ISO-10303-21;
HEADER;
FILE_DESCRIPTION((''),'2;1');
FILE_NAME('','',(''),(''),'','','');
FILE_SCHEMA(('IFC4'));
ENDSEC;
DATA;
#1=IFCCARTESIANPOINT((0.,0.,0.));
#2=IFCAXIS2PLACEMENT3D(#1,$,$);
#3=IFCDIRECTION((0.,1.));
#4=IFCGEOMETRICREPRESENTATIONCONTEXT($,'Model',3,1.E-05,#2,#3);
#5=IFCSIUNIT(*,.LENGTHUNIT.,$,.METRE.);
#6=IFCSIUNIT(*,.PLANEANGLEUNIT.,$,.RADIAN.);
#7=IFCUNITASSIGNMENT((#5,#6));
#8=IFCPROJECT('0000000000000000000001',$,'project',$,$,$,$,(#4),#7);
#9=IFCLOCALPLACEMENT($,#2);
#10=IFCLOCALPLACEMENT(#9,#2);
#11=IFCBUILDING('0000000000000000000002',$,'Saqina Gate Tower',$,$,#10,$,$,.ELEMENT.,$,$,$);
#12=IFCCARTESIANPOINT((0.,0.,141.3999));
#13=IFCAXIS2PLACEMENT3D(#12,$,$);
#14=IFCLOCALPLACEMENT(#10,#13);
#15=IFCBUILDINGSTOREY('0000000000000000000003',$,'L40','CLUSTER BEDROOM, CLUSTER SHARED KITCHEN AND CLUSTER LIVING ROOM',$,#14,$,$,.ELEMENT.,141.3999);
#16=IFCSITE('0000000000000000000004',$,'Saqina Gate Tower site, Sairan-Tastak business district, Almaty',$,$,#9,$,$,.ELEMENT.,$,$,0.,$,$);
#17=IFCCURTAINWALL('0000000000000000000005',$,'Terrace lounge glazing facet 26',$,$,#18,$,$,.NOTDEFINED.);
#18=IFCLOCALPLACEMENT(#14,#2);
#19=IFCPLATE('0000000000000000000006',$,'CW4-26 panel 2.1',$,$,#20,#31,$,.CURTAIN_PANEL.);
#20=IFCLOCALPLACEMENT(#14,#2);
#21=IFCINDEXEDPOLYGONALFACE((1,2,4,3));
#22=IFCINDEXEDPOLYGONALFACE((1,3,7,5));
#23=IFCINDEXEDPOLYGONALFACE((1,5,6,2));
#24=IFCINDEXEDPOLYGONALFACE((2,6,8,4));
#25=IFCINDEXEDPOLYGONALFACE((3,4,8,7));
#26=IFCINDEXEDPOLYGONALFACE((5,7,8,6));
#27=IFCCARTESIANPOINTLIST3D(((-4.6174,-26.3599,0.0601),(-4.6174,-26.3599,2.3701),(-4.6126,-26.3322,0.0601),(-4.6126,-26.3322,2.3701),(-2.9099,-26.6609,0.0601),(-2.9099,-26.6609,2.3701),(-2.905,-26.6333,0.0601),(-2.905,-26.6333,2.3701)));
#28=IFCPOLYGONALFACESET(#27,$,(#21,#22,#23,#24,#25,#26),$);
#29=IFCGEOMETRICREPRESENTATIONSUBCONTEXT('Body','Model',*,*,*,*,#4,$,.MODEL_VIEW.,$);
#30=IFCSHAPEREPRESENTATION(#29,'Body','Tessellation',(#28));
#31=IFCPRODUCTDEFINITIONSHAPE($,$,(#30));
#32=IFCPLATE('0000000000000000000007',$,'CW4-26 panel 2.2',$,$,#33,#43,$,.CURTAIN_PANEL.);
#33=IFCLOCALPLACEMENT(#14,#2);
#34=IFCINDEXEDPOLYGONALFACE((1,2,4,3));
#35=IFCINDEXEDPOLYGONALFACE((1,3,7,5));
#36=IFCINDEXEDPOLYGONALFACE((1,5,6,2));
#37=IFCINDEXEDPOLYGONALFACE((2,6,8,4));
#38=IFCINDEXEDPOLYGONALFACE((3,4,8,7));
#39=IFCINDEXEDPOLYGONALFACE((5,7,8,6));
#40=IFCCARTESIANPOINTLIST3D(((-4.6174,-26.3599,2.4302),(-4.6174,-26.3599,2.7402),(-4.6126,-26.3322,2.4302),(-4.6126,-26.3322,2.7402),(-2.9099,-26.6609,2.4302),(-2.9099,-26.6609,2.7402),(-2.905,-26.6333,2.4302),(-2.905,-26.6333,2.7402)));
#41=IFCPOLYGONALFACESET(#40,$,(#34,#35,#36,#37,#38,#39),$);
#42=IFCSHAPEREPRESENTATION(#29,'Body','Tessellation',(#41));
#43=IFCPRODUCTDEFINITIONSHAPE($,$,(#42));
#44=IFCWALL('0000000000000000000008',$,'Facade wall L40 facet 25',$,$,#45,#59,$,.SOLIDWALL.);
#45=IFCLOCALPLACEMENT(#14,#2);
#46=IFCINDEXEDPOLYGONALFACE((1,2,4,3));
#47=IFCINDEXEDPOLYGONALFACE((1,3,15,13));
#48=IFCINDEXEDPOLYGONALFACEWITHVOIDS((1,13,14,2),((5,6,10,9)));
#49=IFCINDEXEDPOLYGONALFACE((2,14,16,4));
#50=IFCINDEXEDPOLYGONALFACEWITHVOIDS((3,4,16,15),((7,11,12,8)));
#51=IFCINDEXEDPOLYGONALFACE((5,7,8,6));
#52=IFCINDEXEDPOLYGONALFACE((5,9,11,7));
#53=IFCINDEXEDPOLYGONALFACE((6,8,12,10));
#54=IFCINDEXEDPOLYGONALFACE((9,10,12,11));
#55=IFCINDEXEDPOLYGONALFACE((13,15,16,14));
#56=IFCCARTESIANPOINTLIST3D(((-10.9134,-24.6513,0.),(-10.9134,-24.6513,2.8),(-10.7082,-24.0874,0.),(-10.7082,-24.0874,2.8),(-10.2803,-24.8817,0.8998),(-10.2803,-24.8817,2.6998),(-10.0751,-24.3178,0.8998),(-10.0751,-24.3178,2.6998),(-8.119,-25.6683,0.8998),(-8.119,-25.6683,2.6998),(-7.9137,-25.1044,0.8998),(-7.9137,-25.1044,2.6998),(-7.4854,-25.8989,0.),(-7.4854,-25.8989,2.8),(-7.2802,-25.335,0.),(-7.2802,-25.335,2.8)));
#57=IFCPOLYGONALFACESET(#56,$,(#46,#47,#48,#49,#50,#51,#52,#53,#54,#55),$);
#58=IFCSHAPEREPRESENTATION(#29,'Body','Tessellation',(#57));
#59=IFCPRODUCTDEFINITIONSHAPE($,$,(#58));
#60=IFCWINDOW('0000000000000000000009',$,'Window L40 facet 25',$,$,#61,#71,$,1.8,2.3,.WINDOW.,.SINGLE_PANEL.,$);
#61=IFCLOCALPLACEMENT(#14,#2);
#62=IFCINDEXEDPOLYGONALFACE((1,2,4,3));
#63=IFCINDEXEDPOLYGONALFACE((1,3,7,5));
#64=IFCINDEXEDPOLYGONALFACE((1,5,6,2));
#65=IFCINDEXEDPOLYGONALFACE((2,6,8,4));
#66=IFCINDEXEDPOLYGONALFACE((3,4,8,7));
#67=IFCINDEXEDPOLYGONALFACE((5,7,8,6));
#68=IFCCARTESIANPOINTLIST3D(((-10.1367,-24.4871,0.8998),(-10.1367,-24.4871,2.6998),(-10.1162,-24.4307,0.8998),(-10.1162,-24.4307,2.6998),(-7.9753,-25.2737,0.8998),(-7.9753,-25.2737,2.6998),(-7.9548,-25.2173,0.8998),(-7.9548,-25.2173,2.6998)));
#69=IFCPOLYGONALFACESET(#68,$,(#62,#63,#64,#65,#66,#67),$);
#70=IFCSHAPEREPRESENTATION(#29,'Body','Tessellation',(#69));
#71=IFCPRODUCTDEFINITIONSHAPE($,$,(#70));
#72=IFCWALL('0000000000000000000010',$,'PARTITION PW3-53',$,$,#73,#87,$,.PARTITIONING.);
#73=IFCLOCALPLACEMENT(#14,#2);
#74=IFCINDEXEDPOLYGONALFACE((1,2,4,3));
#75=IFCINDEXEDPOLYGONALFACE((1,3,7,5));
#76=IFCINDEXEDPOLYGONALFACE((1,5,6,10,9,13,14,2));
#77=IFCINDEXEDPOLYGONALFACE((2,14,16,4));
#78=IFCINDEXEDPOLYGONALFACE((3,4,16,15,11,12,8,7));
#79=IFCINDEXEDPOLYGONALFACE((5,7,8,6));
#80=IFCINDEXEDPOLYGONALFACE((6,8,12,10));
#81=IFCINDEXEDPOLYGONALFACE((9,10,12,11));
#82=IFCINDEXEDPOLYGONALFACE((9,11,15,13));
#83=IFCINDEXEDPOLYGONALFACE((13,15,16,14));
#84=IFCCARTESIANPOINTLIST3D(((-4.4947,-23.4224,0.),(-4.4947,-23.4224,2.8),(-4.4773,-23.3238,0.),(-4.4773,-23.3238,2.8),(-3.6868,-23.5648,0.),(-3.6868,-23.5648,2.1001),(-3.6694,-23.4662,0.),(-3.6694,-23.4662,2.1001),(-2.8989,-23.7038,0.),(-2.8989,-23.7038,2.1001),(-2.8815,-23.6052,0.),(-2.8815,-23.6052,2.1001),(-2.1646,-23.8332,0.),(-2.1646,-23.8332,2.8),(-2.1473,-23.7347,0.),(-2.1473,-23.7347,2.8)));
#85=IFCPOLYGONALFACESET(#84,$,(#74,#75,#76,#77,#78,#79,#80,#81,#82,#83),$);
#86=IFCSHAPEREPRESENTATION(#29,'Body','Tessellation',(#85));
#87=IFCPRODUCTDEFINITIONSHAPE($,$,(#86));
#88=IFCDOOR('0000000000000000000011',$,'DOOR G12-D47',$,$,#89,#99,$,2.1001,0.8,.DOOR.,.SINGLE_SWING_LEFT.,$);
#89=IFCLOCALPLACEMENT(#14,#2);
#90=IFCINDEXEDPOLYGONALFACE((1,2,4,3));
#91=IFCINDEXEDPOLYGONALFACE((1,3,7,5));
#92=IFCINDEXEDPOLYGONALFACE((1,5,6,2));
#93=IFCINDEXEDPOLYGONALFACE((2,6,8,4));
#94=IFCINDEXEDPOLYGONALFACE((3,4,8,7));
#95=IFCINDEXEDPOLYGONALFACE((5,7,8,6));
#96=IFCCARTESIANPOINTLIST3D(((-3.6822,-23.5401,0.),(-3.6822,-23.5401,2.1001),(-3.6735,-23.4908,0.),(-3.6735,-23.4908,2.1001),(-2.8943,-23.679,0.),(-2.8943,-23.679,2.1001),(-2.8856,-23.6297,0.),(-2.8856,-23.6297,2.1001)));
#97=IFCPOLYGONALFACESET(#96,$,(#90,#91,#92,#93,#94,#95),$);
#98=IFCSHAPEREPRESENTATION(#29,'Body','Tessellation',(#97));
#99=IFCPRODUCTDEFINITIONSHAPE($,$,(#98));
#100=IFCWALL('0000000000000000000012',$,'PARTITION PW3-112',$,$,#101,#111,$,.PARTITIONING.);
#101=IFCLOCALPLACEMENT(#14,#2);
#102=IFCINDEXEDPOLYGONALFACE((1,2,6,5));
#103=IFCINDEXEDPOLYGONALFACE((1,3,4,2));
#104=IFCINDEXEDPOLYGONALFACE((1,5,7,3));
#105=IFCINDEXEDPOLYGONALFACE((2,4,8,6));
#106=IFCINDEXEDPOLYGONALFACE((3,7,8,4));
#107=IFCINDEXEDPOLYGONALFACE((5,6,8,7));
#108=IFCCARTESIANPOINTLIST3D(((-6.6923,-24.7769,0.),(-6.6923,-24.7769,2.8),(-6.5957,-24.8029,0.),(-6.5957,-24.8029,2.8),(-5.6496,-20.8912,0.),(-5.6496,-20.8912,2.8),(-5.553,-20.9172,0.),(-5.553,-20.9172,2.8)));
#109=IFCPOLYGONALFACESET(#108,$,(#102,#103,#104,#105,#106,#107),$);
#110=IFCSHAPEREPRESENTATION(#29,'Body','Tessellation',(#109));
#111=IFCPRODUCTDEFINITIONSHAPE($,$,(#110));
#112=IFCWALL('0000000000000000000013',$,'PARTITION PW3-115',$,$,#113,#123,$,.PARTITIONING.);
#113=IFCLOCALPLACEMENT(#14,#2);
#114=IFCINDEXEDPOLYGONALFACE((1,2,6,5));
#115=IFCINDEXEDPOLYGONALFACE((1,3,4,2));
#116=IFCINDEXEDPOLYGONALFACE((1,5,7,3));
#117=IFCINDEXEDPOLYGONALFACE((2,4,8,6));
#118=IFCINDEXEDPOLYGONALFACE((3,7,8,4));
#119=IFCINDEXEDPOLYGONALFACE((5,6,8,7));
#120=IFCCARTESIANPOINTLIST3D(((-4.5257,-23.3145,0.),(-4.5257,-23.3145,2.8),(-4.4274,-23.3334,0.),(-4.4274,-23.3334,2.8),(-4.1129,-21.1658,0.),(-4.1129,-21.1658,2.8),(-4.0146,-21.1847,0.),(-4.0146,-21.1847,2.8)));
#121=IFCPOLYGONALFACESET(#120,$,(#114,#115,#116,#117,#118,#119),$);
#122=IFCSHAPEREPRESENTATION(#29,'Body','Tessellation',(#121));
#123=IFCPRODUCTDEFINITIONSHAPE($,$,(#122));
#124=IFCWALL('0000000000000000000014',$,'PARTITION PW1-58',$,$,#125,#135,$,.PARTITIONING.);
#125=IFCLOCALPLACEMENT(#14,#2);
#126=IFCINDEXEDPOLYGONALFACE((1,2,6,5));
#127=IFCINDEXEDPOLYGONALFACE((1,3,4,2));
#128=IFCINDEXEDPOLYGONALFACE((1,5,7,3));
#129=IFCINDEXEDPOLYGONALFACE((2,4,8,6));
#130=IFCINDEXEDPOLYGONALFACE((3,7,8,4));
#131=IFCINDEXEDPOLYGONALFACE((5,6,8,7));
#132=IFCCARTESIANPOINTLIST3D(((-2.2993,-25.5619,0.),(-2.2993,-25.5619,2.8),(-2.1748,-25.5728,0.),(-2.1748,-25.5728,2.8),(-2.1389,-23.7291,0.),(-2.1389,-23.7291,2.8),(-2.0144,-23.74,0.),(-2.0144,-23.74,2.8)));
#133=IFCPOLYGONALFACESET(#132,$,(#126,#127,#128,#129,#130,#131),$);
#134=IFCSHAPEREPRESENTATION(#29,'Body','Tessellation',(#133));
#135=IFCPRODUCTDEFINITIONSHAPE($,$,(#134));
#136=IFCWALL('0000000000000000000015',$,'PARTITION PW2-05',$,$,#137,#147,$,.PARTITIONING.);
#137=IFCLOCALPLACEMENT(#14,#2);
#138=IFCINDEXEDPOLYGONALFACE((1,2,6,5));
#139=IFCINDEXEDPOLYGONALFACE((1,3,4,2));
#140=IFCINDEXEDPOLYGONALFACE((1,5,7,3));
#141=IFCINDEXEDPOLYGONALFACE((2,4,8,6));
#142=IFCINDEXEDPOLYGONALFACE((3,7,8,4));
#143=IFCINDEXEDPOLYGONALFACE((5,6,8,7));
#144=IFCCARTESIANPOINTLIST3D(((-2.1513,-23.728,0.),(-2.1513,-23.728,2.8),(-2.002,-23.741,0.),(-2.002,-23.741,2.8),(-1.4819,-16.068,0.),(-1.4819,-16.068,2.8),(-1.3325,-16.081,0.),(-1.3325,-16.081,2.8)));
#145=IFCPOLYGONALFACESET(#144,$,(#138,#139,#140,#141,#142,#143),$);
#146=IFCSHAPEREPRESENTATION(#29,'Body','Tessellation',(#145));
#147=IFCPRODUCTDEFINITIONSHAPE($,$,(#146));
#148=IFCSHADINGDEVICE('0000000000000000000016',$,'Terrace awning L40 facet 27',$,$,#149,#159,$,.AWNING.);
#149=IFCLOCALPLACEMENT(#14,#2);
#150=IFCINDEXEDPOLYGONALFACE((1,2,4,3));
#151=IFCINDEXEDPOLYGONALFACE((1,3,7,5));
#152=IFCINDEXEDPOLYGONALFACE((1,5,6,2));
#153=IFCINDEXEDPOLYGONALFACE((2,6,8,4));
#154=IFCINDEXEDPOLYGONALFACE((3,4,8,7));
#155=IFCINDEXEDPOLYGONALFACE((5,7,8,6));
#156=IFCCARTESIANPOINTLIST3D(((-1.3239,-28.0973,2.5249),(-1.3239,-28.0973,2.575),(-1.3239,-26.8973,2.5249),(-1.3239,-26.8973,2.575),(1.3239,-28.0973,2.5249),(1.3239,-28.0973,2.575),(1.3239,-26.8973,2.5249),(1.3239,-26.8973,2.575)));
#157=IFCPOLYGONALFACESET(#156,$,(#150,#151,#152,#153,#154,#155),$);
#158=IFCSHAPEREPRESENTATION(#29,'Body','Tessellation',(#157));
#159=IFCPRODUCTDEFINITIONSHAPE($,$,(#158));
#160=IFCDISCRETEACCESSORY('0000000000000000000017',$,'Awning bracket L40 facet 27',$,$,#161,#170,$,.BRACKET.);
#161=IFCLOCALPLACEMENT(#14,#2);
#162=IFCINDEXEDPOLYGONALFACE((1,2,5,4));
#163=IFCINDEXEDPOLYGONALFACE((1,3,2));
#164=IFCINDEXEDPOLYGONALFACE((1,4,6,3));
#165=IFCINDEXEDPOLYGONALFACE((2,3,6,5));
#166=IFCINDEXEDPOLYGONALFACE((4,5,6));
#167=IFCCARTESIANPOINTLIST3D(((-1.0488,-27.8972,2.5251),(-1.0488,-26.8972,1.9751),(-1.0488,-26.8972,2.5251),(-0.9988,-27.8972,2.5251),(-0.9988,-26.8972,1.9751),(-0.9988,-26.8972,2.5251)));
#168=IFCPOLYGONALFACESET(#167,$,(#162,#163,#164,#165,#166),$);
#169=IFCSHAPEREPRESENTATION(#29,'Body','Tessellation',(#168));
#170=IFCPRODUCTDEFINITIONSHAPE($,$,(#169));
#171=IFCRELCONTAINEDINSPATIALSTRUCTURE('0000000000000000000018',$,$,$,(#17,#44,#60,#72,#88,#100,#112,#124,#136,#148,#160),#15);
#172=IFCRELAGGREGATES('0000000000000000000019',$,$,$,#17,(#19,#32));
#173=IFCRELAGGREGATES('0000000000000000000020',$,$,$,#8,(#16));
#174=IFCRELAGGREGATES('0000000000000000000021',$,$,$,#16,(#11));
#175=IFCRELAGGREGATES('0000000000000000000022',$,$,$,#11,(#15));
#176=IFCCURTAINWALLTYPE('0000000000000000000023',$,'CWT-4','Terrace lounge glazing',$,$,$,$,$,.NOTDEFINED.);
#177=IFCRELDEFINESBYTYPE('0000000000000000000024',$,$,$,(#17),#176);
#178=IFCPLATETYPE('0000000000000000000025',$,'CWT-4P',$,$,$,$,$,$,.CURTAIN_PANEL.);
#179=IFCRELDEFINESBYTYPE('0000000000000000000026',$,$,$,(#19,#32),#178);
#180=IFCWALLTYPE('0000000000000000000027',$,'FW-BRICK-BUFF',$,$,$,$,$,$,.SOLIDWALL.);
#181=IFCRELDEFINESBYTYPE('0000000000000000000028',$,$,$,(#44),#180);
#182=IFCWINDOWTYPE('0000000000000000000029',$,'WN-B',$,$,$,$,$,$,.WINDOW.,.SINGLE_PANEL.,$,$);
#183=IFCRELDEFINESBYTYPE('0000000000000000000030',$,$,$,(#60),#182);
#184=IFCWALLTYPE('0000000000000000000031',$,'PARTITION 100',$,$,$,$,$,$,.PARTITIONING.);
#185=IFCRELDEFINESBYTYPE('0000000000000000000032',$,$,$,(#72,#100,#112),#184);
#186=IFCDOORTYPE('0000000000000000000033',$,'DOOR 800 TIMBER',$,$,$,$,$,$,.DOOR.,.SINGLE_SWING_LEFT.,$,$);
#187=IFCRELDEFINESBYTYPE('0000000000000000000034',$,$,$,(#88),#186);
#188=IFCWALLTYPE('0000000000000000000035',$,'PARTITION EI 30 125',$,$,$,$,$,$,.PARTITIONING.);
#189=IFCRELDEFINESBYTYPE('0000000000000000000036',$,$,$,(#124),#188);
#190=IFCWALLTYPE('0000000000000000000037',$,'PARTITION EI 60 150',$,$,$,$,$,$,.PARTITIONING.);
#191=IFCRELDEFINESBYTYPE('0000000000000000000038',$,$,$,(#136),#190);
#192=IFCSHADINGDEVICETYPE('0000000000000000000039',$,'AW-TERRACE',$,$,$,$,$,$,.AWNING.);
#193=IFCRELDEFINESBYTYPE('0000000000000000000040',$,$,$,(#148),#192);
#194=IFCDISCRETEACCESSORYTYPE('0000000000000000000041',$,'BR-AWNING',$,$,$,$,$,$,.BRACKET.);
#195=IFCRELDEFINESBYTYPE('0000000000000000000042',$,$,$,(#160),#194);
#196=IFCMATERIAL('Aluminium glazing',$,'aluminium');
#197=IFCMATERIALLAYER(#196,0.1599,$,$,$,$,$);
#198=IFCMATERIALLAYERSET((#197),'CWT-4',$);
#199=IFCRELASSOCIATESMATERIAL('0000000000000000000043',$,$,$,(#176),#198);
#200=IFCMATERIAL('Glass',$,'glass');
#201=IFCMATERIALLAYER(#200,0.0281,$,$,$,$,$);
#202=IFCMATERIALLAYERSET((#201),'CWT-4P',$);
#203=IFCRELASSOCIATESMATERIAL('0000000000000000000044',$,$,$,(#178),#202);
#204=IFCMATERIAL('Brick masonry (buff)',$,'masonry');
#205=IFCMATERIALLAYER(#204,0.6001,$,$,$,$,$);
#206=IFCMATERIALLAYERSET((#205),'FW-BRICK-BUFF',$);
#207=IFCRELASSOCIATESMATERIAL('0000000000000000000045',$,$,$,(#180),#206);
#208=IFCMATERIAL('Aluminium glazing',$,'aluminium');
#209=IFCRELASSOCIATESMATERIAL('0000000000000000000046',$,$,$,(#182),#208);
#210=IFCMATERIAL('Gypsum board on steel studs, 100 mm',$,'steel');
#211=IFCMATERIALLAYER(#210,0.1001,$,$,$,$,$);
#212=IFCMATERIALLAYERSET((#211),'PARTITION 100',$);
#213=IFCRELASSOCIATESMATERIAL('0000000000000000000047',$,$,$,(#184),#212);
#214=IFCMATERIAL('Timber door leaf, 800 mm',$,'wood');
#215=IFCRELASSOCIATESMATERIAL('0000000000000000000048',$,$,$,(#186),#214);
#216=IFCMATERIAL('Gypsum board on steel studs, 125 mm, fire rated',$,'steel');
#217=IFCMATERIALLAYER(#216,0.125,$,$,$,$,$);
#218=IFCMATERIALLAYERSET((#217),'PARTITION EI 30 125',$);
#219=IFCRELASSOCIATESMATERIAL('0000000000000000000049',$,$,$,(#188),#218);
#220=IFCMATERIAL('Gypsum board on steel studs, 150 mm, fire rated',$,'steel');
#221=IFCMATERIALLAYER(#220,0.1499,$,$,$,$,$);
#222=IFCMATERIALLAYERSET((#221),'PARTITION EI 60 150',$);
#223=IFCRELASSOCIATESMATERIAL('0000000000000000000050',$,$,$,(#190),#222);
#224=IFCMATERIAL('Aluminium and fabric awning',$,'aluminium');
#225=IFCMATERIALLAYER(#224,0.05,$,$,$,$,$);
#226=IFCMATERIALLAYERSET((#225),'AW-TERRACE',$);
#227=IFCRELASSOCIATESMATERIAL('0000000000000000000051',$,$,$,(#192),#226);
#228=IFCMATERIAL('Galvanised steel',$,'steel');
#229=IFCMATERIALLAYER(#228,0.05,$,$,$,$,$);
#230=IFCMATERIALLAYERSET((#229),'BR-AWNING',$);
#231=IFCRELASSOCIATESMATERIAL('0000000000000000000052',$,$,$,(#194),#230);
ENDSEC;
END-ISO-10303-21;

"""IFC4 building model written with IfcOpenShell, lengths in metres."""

from ifc_helpers import new_model, si_unit, direction, frame, frame_2d, origin, origin_2d, place, context, subcontext, project, spatial, polyline, rectangle, outline, extrude, material, layer, layer_set, type_object, element, fill, aggregate, save


model = new_model("IFC4")

# Units and contexts
model_context = context("Model", 3, precision=1e-05, world=origin(), true_north=direction((0.0, 1.0)))
body_context = subcontext(model_context, "Body", "Model", "MODEL_VIEW")
ifc_project = project(units=[si_unit("LENGTHUNIT", "METRE"), si_unit("PLANEANGLEUNIT", "RADIAN")], contexts=[model_context])

# Site, building, storey
site_placement = place(None, origin())
site = spatial("IfcSite", under=ifc_project, at=site_placement, Name="Saqina Gate Tower site, Sairan-Tastak business district, Almaty", CompositionType="ELEMENT", RefElevation=0.0)
building_placement = place(site_placement, origin())
building = spatial("IfcBuilding", under=site, at=building_placement, Name="Saqina Gate Tower", CompositionType="ELEMENT")
storey_placement = place(building_placement, frame((0.0, 0.0, 141.3999)))
storey = spatial("IfcBuildingStorey", under=building, at=storey_placement, Name="L40", Description="CLUSTER BEDROOM, CLUSTER SHARED KITCHEN AND CLUSTER LIVING ROOM", CompositionType="ELEMENT", Elevation=141.3999)

# Curtain wall, plates
ifc_material_1 = material(Name="Aluminium glazing", Category="aluminium")
ifc_layer_1 = layer(ifc_material_1, 0.1599)
ifc_layer_set_1 = layer_set([ifc_layer_1], Name="CWT-4")
curtain_wall_type = type_object("IfcCurtainWallType", Name="CWT-4", Description="Terrace lounge glazing", PredefinedType="NOTDEFINED", material=ifc_layer_set_1)
curtain_wall_placement = place(storey_placement, origin())
curtain_wall = element("IfcCurtainWall", 1, at=curtain_wall_placement, inside=storey, type_object=curtain_wall_type, Name="Terrace lounge glazing facet 26", PredefinedType="NOTDEFINED")
ifc_material_2 = material(Name="Glass", Category="glass")
ifc_layer_2 = layer(ifc_material_2, 0.0281)
ifc_layer_set_2 = layer_set([ifc_layer_2], Name="CWT-4P")
plate_type = type_object("IfcPlateType", Name="CWT-4P", PredefinedType="CURTAIN_PANEL", material=ifc_layer_set_2)
plate_1_placement = place(storey_placement, frame((-3.7612, -26.4966, 0.0601), z_axis=(0.0, 0.0, 1.0), x_axis=(0.984809, -0.173638, 0.0)))
plate_1 = element("IfcPlate", 2, at=plate_1_placement, type_object=plate_type, Name="CW4-26 panel 2.1", PredefinedType="CURTAIN_PANEL", context=body_context, shape_type="SweptSolid", body=[
    extrude(rectangle(XDim=1.7339, YDim=0.0281, at=origin_2d()), origin(), (0.0, 0.0, 1.0), 2.3101),
])
plate_2_placement = place(storey_placement, frame((-3.7612, -26.4966, 2.4302), z_axis=(0.0, 0.0, 1.0), x_axis=(0.984809, -0.173638, 0.0)))
plate_2 = element("IfcPlate", 3, at=plate_2_placement, type_object=plate_type, Name="CW4-26 panel 2.2", PredefinedType="CURTAIN_PANEL", context=body_context, shape_type="SweptSolid", body=[
    extrude(rectangle(XDim=1.7339, YDim=0.0281, at=origin_2d()), origin(), (0.0, 0.0, 1.0), 0.3101),
])
aggregate(curtain_wall, [plate_1, plate_2])

# Wall, opening, window
ifc_material_3 = material(Name="Brick masonry (buff)", Category="masonry")
ifc_layer_3 = layer(ifc_material_3, 0.6001)
ifc_layer_set_3 = layer_set([ifc_layer_3], Name="FW-BRICK-BUFF")
wall_type_1 = type_object("IfcWallType", Name="FW-BRICK-BUFF", PredefinedType="SOLIDWALL", material=ifc_layer_set_3)
wall_1_placement = place(storey_placement, frame((-10.8108, -24.3694, 0.0), z_axis=(0.0, 0.0, 1.0), x_axis=(0.939704, -0.34199, 0.0)))
wall_1 = element("IfcWall", 4, at=wall_1_placement, inside=storey, type_object=wall_type_1, Name="Facade wall L40 facet 25", PredefinedType="SOLIDWALL", context=body_context, shape_type="SweptSolid", body=[
    extrude(rectangle(XDim=3.6479, YDim=0.6001, at=frame_2d((1.824, 0.0))), origin(), (0.0, 0.0, 1.0), 2.8),
])
opening_1_placement = place(wall_1_placement, frame((0.6738, 0.0, 0.8999)))
opening_1 = element("IfcOpeningElement", 5, at=opening_1_placement, cuts=wall_1, PredefinedType="OPENING", context=body_context, shape_type="SweptSolid", body=[
    extrude(rectangle(XDim=2.3, YDim=1.8, at=frame_2d((1.1499, 0.8999))), frame((0.0, 0.312, 0.0), z_axis=(0.0, -1.0, 0.0), x_axis=(1.0, 0.0, 0.0)), (0.0, 0.0, 1.0), 0.624),
])
ifc_material_4 = material(Name="Aluminium glazing", Category="aluminium")
window_type = type_object("IfcWindowType", Name="WN-B", PartitioningType="SINGLE_PANEL", PredefinedType="WINDOW", material=ifc_material_4)
window_placement = place(opening_1_placement, origin())
window = element("IfcWindow", 6, at=window_placement, inside=storey, type_object=window_type, Name="Window L40 facet 25", OverallHeight=1.8, OverallWidth=2.3, PartitioningType="SINGLE_PANEL", PredefinedType="WINDOW", context=body_context, shape_type="SweptSolid", body=[
    extrude(rectangle(XDim=2.3, YDim=1.8, at=frame_2d((1.1499, 0.8999))), frame((0.0, 0.1799, 0.0), z_axis=(0.0, -1.0, 0.0), x_axis=(1.0, 0.0, 0.0)), (0.0, 0.0, 1.0), 0.0601),
])
fill(opening_1, window)

# Wall, opening, door
ifc_material_5 = material(Name="Gypsum board on steel studs, 100 mm", Category="steel")
ifc_layer_4 = layer(ifc_material_5, 0.1001)
ifc_layer_set_4 = layer_set([ifc_layer_4], Name="PARTITION 100")
wall_type_2 = type_object("IfcWallType", Name="PARTITION 100", PredefinedType="PARTITIONING", material=ifc_layer_set_4)
wall_2_placement = place(storey_placement, frame((-4.4861, -23.373, 0.0), z_axis=(0.0, 0.0, 1.0), x_axis=(0.984805, -0.173662, 0.0)))
wall_2 = element("IfcWall", 7, at=wall_2_placement, inside=storey, type_object=wall_type_2, Name="PARTITION PW3-53", PredefinedType="PARTITIONING", context=body_context, shape_type="SweptSolid", body=[
    extrude(rectangle(XDim=2.366, YDim=0.1001, at=frame_2d((1.1831, 0.0))), origin(), (0.0, 0.0, 1.0), 2.8),
])
opening_2_placement = place(wall_2_placement, frame((0.8206, 0.0, 0.0)))
opening_2 = element("IfcOpeningElement", 8, at=opening_2_placement, cuts=wall_2, PredefinedType="OPENING", context=body_context, shape_type="SweptSolid", body=[
    extrude(rectangle(XDim=0.8, YDim=2.1001, at=frame_2d((0.3999, 1.05))), frame((0.0, 0.062, 0.0), z_axis=(0.0, -1.0, 0.0), x_axis=(1.0, 0.0, 0.0)), (0.0, 0.0, 1.0), 0.124),
])
ifc_material_6 = material(Name="Timber door leaf, 800 mm", Category="wood")
door_type_1 = type_object("IfcDoorType", Name="DOOR 800 TIMBER", OperationType="SINGLE_SWING_LEFT", PredefinedType="DOOR", material=ifc_material_6)
door_1_placement = place(opening_2_placement, frame((0.8, 0.0, 0.0), z_axis=(0.0, 0.0, 1.0), x_axis=(-1.0, 0.0, 0.0)))
door_1 = element("IfcDoor", 9, at=door_1_placement, inside=storey, type_object=door_type_1, Name="DOOR G12-D47", OperationType="SINGLE_SWING_LEFT", OverallHeight=2.1001, OverallWidth=0.8, PredefinedType="DOOR", context=body_context, shape_type="SweptSolid", body=[
    extrude(rectangle(XDim=0.8, YDim=2.1001, at=frame_2d((0.3999, 1.05))), frame((0.0, 0.0249, 0.0), z_axis=(0.0, -1.0, 0.0), x_axis=(1.0, 0.0, 0.0)), (0.0, 0.0, 1.0), 0.05),
])
fill(opening_2, door_1)

# Walls
wall_3_placement = place(storey_placement, frame((-6.644, -24.79, 0.0), z_axis=(0.0, 0.0, 1.0), x_axis=(0.259177, 0.96583, 0.0)))
element("IfcWall", 10, at=wall_3_placement, inside=storey, type_object=wall_type_2, Name="PARTITION PW3-112", PredefinedType="PARTITIONING", context=body_context, shape_type="SweptSolid", body=[
    extrude(rectangle(XDim=4.0232, YDim=0.1001, at=frame_2d((2.0117, 0.0))), origin(), (0.0, 0.0, 1.0), 2.8),
])
wall_4_placement = place(storey_placement, frame((-4.4766, -23.324, 0.0), z_axis=(0.0, 0.0, 1.0), x_axis=(0.188686, 0.982037, 0.0)))
element("IfcWall", 11, at=wall_4_placement, inside=storey, type_object=wall_type_2, Name="PARTITION PW3-115", PredefinedType="PARTITIONING", context=body_context, shape_type="SweptSolid", body=[
    extrude(rectangle(XDim=2.188, YDim=0.1001, at=frame_2d((1.094, 0.0))), origin(), (0.0, 0.0, 1.0), 2.8),
])
ifc_material_7 = material(Name="Gypsum board on steel studs, 125 mm, fire rated", Category="steel")
ifc_layer_5 = layer(ifc_material_7, 0.125)
ifc_layer_set_5 = layer_set([ifc_layer_5], Name="PARTITION EI 30 125")
wall_type_3 = type_object("IfcWallType", Name="PARTITION EI 30 125", PredefinedType="PARTITIONING", material=ifc_layer_set_5)
wall_5_placement = place(storey_placement, frame((-2.2371, -25.5674, 0.0), z_axis=(0.0, 0.0, 1.0), x_axis=(0.087185, 0.996192, 0.0)))
element("IfcWall", 12, at=wall_5_placement, inside=storey, type_object=wall_type_3, Name="PARTITION PW1-58", PredefinedType="PARTITIONING", context=body_context, shape_type="SweptSolid", body=[
    extrude(rectangle(XDim=1.8398, YDim=0.125, at=frame_2d((0.9199, 0.0))), origin(), (0.0, 0.0, 1.0), 2.8),
])
ifc_material_8 = material(Name="Gypsum board on steel studs, 150 mm, fire rated", Category="steel")
ifc_layer_6 = layer(ifc_material_8, 0.1499)
ifc_layer_set_6 = layer_set([ifc_layer_6], Name="PARTITION EI 60 150")
wall_type_4 = type_object("IfcWallType", Name="PARTITION EI 60 150", PredefinedType="PARTITIONING", material=ifc_layer_set_6)
wall_6_placement = place(storey_placement, frame((-2.0767, -23.7346, 0.0), z_axis=(0.0, 0.0, 1.0), x_axis=(0.087063, 0.996203, 0.0)))
element("IfcWall", 13, at=wall_6_placement, inside=storey, type_object=wall_type_4, Name="PARTITION PW2-05", PredefinedType="PARTITIONING", context=body_context, shape_type="SweptSolid", body=[
    extrude(rectangle(XDim=7.6892, YDim=0.1499, at=frame_2d((3.8447, 0.0))), origin(), (0.0, 0.0, 1.0), 2.8),
])

# Shading device
ifc_material_9 = material(Name="Aluminium and fabric awning", Category="aluminium")
ifc_layer_7 = layer(ifc_material_9, 0.05)
ifc_layer_set_7 = layer_set([ifc_layer_7], Name="AW-TERRACE")
shading_device_type = type_object("IfcShadingDeviceType", Name="AW-TERRACE", PredefinedType="AWNING", material=ifc_layer_set_7)
shading_device_placement = place(storey_placement, frame((0.0, -27.4973, 2.5249), z_axis=(0.0, 0.0, 1.0), x_axis=(1.0, 0.0, 0.0)))
element("IfcShadingDevice", 14, at=shading_device_placement, inside=storey, type_object=shading_device_type, Name="Terrace awning L40 facet 27", PredefinedType="AWNING", context=body_context, shape_type="SweptSolid", body=[
    extrude(rectangle(XDim=2.6477, YDim=1.2, at=origin_2d()), origin(), (0.0, 0.0, 1.0), 0.05),
])

# Discrete accessory
ifc_material_10 = material(Name="Galvanised steel", Category="steel")
ifc_layer_8 = layer(ifc_material_10, 0.05)
ifc_layer_set_8 = layer_set([ifc_layer_8], Name="BR-AWNING")
discrete_accessory_type_1 = type_object("IfcDiscreteAccessoryType", Name="BR-AWNING", PredefinedType="BRACKET", material=ifc_layer_set_8)
discrete_accessory_1_placement = place(storey_placement, frame((-0.9988, -26.8972, 1.9751), z_axis=(1.0, 0.0, 0.0), x_axis=(0.0, 0.0, 1.0)))
element("IfcDiscreteAccessory", 15, at=discrete_accessory_1_placement, inside=storey, type_object=discrete_accessory_type_1, Name="Awning bracket L40 facet 27", PredefinedType="BRACKET", context=body_context, shape_type="SweptSolid", body=[
    extrude(outline(polyline([(0.0, 0.0), (0.55, 0.0), (0.55, 1.0), (0.0, 0.0)])), origin(), (0.0, 0.0, -1.0), 0.05),
])

save(model, "model.ifc")
